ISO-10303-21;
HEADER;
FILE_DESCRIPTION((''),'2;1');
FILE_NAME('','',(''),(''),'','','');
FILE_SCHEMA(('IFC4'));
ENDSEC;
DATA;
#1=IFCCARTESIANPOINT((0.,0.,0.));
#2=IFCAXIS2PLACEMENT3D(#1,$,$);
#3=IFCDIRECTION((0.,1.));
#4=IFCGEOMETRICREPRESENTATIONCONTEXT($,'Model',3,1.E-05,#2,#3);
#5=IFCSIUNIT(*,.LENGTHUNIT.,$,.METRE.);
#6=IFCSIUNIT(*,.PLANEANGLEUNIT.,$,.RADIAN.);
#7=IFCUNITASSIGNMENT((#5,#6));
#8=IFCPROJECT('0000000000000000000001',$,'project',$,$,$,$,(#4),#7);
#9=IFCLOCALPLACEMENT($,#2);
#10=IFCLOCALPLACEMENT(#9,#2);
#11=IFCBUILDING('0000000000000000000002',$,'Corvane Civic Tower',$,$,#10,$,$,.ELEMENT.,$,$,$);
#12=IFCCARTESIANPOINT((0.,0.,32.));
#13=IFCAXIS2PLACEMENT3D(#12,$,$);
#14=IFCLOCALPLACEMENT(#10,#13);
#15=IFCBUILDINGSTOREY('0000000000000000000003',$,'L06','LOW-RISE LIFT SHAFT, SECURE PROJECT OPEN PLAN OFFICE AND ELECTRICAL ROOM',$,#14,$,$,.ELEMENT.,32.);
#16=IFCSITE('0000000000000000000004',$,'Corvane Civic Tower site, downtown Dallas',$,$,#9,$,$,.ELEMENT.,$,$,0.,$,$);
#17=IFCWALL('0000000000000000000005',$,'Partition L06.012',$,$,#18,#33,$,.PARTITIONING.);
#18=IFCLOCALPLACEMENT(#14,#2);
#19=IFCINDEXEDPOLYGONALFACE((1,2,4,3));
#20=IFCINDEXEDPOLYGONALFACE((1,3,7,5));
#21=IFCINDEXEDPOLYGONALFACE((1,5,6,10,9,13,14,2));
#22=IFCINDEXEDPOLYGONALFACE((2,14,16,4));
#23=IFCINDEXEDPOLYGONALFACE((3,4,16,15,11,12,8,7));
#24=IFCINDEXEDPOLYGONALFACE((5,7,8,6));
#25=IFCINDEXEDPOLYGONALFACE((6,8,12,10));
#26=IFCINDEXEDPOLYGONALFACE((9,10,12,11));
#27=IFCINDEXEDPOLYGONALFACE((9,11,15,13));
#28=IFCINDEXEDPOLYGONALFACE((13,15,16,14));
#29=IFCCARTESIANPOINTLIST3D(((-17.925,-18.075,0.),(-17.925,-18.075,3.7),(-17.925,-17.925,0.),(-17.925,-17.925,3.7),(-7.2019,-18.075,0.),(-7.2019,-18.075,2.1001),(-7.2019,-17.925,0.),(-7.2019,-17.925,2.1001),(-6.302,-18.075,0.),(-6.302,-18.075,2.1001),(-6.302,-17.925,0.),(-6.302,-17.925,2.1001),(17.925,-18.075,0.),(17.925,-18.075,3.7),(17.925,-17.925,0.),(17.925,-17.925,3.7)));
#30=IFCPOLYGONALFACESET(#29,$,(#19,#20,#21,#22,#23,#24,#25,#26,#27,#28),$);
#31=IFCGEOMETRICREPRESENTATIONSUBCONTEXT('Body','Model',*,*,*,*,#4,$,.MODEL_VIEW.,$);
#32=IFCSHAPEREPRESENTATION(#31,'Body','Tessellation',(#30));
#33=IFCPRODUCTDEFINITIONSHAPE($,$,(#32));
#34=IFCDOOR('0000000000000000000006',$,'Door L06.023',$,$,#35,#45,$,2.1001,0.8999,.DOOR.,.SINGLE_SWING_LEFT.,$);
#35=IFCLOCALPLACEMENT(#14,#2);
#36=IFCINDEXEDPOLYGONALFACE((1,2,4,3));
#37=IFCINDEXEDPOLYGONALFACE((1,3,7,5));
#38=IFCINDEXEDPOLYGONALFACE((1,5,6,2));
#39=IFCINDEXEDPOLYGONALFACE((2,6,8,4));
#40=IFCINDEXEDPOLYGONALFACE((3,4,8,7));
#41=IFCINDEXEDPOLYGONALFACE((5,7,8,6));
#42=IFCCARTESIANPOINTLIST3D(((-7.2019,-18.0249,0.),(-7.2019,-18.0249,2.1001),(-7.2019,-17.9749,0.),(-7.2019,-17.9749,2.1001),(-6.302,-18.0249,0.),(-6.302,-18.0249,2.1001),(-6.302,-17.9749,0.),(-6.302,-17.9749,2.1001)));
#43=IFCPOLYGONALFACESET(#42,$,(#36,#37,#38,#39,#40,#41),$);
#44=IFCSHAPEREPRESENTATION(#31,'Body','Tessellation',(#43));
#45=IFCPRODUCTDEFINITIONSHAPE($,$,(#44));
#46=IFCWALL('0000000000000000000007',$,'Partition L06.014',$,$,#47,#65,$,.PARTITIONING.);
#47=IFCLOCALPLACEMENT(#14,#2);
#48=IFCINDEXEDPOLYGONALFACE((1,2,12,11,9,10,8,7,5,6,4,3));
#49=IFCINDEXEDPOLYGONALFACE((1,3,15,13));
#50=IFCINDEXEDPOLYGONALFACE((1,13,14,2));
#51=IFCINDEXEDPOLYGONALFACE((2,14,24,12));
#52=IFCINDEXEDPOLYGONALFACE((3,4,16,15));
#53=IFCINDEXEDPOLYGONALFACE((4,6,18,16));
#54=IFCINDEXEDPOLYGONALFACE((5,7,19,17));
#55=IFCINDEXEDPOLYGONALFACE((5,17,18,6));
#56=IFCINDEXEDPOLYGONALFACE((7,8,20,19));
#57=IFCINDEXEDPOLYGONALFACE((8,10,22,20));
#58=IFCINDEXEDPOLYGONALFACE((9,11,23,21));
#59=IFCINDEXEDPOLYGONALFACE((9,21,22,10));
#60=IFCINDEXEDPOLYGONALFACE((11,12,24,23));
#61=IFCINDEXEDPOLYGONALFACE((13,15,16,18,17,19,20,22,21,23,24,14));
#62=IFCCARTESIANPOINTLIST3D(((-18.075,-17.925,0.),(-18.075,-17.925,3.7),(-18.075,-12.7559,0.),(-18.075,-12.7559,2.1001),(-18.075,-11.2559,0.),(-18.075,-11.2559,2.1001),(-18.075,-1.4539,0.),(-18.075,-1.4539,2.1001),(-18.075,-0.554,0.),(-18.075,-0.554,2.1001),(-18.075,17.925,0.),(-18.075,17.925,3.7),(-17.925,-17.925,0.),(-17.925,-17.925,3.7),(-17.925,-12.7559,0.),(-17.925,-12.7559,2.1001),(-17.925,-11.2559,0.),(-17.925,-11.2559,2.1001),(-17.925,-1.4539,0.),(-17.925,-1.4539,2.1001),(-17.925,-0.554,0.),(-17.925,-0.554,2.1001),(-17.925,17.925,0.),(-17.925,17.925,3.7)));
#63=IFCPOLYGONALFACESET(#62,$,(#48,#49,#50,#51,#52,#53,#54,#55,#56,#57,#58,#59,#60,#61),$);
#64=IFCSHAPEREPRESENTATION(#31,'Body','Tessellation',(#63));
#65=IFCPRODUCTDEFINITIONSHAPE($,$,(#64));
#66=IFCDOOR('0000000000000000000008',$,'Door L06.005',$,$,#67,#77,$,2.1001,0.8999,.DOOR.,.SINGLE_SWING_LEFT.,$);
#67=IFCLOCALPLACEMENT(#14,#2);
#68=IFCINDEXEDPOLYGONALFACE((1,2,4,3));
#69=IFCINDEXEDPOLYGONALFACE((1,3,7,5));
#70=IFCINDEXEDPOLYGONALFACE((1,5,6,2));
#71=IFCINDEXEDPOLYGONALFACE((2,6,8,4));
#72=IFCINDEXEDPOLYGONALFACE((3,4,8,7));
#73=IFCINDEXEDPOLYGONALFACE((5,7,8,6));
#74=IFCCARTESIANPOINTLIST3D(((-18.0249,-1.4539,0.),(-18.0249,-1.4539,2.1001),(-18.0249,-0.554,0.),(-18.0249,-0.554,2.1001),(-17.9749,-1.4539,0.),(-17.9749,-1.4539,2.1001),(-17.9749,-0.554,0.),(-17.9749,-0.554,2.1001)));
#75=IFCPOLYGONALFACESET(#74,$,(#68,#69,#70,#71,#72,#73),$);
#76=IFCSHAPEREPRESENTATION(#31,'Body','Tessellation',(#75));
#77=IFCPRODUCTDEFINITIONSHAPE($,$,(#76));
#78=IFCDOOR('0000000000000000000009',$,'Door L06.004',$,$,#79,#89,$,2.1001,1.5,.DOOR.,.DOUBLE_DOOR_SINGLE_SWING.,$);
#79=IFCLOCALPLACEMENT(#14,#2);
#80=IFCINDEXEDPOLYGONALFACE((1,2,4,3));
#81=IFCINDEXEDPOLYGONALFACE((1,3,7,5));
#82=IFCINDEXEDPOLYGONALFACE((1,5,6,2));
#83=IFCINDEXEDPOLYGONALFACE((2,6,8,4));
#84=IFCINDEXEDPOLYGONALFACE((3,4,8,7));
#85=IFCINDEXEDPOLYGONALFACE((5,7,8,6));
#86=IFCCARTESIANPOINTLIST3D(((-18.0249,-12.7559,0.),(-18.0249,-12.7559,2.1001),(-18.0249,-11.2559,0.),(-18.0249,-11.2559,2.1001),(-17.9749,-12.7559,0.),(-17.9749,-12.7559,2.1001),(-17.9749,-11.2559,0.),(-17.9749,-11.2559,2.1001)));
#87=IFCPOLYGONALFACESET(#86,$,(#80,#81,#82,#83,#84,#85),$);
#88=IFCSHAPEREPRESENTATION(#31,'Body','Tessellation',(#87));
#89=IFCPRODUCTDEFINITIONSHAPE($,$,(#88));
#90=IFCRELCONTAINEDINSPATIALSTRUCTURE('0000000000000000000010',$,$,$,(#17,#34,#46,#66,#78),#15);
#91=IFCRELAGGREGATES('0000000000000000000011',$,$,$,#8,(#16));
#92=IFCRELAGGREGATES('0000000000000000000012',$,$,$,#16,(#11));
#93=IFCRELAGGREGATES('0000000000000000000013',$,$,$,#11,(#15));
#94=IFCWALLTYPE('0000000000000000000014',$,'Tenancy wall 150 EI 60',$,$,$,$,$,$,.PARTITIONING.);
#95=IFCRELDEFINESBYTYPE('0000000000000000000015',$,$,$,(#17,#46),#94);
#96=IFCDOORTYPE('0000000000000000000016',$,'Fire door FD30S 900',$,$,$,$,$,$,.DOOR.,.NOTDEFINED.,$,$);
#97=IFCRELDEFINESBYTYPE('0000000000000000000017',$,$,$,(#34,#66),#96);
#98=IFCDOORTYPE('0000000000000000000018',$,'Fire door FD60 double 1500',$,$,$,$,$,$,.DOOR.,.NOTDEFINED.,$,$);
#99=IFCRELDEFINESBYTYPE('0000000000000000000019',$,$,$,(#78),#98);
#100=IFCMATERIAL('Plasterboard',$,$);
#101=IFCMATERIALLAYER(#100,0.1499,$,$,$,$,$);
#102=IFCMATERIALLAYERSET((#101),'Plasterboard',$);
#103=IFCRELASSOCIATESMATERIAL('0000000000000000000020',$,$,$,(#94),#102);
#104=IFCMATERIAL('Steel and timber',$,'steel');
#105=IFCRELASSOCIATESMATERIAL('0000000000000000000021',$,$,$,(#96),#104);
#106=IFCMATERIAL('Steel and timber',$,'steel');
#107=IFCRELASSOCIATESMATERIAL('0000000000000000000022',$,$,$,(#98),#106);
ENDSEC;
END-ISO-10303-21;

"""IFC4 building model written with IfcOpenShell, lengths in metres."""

from ifc_helpers import new_model, si_unit, direction, frame, frame_2d, origin, place, context, subcontext, project, spatial, rectangle, extrude, material, layer, layer_set, type_object, element, fill, save


model = new_model("IFC4")

# Units and contexts
model_context = context("Model", 3, precision=1e-05, world=origin(), true_north=direction((0.0, 1.0)))
body_context = subcontext(model_context, "Body", "Model", "MODEL_VIEW")
ifc_project = project(units=[si_unit("LENGTHUNIT", "METRE"), si_unit("PLANEANGLEUNIT", "RADIAN")], contexts=[model_context])

# Site, building, storey
site_placement = place(None, origin())
site = spatial("IfcSite", under=ifc_project, at=site_placement, Name="Corvane Civic Tower site, downtown Dallas", CompositionType="ELEMENT", RefElevation=0.0)
building_placement = place(site_placement, origin())
building = spatial("IfcBuilding", under=site, at=building_placement, Name="Corvane Civic Tower", CompositionType="ELEMENT")
storey_placement = place(building_placement, frame((0.0, 0.0, 32.0)))
storey = spatial("IfcBuildingStorey", under=building, at=storey_placement, Name="L06", Description="LOW-RISE LIFT SHAFT, SECURE PROJECT OPEN PLAN OFFICE AND ELECTRICAL ROOM", CompositionType="ELEMENT", Elevation=32.0)

# Wall, opening, door
ifc_material_1 = material(Name="Plasterboard")
ifc_layer_1 = layer(ifc_material_1, 0.1499)
ifc_layer_set_1 = layer_set([ifc_layer_1], Name="Plasterboard")
wall_type_1 = type_object("IfcWallType", Name="Tenancy wall 150 EI 60", PredefinedType="PARTITIONING", material=ifc_layer_set_1)
wall_1_placement = place(storey_placement, frame((-17.925, -18.0, 0.0), z_axis=(0.0, 0.0, 1.0), x_axis=(1.0, 0.0, 0.0)))
wall_1 = element("IfcWall", 1, at=wall_1_placement, inside=storey, type_object=wall_type_1, Name="Partition L06.012", PredefinedType="PARTITIONING", context=body_context, shape_type="SweptSolid", body=[
    extrude(rectangle(XDim=35.8501, YDim=0.1499, at=frame_2d((17.925, 0.0))), origin(), (0.0, 0.0, 1.0), 3.7),
])
opening_1_placement = place(wall_1_placement, frame((10.7231, 0.0, 0.0)))
opening_1 = element("IfcOpeningElement", 2, at=opening_1_placement, cuts=wall_1, PredefinedType="OPENING", context=body_context, shape_type="SweptSolid", body=[
    extrude(rectangle(XDim=0.8999, YDim=2.1001, at=frame_2d((0.45, 1.05))), frame((0.0, 0.085, 0.0), z_axis=(0.0, -1.0, 0.0), x_axis=(1.0, 0.0, 0.0)), (0.0, 0.0, 1.0), 0.1699),
])
ifc_material_2 = material(Name="Steel and timber", Category="steel")
door_type_1 = type_object("IfcDoorType", Name="Fire door FD30S 900", OperationType="NOTDEFINED", PredefinedType="DOOR", material=ifc_material_2)
door_1_placement = place(opening_1_placement, frame((0.8999, 0.0, 0.0), z_axis=(0.0, 0.0, 1.0), x_axis=(-1.0, 0.0, 0.0)))
door_1 = element("IfcDoor", 3, at=door_1_placement, inside=storey, type_object=door_type_1, Name="Door L06.023", OperationType="SINGLE_SWING_LEFT", OverallHeight=2.1001, OverallWidth=0.8999, PredefinedType="DOOR", context=body_context, shape_type="SweptSolid", body=[
    extrude(rectangle(XDim=0.8999, YDim=2.1001, at=frame_2d((0.45, 1.05))), frame((0.0, 0.0249, 0.0), z_axis=(0.0, -1.0, 0.0), x_axis=(1.0, 0.0, 0.0)), (0.0, 0.0, 1.0), 0.05),
])
fill(opening_1, door_1)

# Wall, openings, doors
wall_2_placement = place(storey_placement, frame((-18.0, -17.925, 0.0), z_axis=(0.0, 0.0, 1.0), x_axis=(0.0, 1.0, 0.0)))
wall_2 = element("IfcWall", 4, at=wall_2_placement, inside=storey, type_object=wall_type_1, Name="Partition L06.014", PredefinedType="PARTITIONING", context=body_context, shape_type="SweptSolid", body=[
    extrude(rectangle(XDim=35.8501, YDim=0.1499, at=frame_2d((17.925, 0.0))), origin(), (0.0, 0.0, 1.0), 3.7),
])
opening_2_placement = place(wall_2_placement, frame((5.1692, 0.0, 0.0)))
opening_2 = element("IfcOpeningElement", 5, at=opening_2_placement, cuts=wall_2, PredefinedType="OPENING", context=body_context, shape_type="SweptSolid", body=[
    extrude(rectangle(XDim=1.5, YDim=2.1001, at=frame_2d((0.75, 1.05))), frame((0.0, 0.085, 0.0), z_axis=(0.0, -1.0, 0.0), x_axis=(1.0, 0.0, 0.0)), (0.0, 0.0, 1.0), 0.1699),
])
opening_3_placement = place(wall_2_placement, frame((16.4712, 0.0, 0.0)))
opening_3 = element("IfcOpeningElement", 6, at=opening_3_placement, cuts=wall_2, PredefinedType="OPENING", context=body_context, shape_type="SweptSolid", body=[
    extrude(rectangle(XDim=0.8999, YDim=2.1001, at=frame_2d((0.45, 1.05))), frame((0.0, 0.085, 0.0), z_axis=(0.0, -1.0, 0.0), x_axis=(1.0, 0.0, 0.0)), (0.0, 0.0, 1.0), 0.1699),
])
door_2_placement = place(opening_3_placement, origin())
door_2 = element("IfcDoor", 7, at=door_2_placement, inside=storey, type_object=door_type_1, Name="Door L06.005", OperationType="SINGLE_SWING_LEFT", OverallHeight=2.1001, OverallWidth=0.8999, PredefinedType="DOOR", context=body_context, shape_type="SweptSolid", body=[
    extrude(rectangle(XDim=0.8999, YDim=2.1001, at=frame_2d((0.45, 1.05))), frame((0.0, 0.0249, 0.0), z_axis=(0.0, -1.0, 0.0), x_axis=(1.0, 0.0, 0.0)), (0.0, 0.0, 1.0), 0.05),
])
fill(opening_3, door_2)
ifc_material_3 = material(Name="Steel and timber", Category="steel")
door_type_2 = type_object("IfcDoorType", Name="Fire door FD60 double 1500", OperationType="NOTDEFINED", PredefinedType="DOOR", material=ifc_material_3)
door_3_placement = place(opening_2_placement, origin())
door_3 = element("IfcDoor", 8, at=door_3_placement, inside=storey, type_object=door_type_2, Name="Door L06.004", OperationType="DOUBLE_DOOR_SINGLE_SWING", OverallHeight=2.1001, OverallWidth=1.5, PredefinedType="DOOR", context=body_context, shape_type="SweptSolid", body=[
    extrude(rectangle(XDim=1.5, YDim=2.1001, at=frame_2d((0.75, 1.05))), frame((0.0, 0.0249, 0.0), z_axis=(0.0, -1.0, 0.0), x_axis=(1.0, 0.0, 0.0)), (0.0, 0.0, 1.0), 0.05),
])
fill(opening_2, door_3)

save(model, "model.ifc")
